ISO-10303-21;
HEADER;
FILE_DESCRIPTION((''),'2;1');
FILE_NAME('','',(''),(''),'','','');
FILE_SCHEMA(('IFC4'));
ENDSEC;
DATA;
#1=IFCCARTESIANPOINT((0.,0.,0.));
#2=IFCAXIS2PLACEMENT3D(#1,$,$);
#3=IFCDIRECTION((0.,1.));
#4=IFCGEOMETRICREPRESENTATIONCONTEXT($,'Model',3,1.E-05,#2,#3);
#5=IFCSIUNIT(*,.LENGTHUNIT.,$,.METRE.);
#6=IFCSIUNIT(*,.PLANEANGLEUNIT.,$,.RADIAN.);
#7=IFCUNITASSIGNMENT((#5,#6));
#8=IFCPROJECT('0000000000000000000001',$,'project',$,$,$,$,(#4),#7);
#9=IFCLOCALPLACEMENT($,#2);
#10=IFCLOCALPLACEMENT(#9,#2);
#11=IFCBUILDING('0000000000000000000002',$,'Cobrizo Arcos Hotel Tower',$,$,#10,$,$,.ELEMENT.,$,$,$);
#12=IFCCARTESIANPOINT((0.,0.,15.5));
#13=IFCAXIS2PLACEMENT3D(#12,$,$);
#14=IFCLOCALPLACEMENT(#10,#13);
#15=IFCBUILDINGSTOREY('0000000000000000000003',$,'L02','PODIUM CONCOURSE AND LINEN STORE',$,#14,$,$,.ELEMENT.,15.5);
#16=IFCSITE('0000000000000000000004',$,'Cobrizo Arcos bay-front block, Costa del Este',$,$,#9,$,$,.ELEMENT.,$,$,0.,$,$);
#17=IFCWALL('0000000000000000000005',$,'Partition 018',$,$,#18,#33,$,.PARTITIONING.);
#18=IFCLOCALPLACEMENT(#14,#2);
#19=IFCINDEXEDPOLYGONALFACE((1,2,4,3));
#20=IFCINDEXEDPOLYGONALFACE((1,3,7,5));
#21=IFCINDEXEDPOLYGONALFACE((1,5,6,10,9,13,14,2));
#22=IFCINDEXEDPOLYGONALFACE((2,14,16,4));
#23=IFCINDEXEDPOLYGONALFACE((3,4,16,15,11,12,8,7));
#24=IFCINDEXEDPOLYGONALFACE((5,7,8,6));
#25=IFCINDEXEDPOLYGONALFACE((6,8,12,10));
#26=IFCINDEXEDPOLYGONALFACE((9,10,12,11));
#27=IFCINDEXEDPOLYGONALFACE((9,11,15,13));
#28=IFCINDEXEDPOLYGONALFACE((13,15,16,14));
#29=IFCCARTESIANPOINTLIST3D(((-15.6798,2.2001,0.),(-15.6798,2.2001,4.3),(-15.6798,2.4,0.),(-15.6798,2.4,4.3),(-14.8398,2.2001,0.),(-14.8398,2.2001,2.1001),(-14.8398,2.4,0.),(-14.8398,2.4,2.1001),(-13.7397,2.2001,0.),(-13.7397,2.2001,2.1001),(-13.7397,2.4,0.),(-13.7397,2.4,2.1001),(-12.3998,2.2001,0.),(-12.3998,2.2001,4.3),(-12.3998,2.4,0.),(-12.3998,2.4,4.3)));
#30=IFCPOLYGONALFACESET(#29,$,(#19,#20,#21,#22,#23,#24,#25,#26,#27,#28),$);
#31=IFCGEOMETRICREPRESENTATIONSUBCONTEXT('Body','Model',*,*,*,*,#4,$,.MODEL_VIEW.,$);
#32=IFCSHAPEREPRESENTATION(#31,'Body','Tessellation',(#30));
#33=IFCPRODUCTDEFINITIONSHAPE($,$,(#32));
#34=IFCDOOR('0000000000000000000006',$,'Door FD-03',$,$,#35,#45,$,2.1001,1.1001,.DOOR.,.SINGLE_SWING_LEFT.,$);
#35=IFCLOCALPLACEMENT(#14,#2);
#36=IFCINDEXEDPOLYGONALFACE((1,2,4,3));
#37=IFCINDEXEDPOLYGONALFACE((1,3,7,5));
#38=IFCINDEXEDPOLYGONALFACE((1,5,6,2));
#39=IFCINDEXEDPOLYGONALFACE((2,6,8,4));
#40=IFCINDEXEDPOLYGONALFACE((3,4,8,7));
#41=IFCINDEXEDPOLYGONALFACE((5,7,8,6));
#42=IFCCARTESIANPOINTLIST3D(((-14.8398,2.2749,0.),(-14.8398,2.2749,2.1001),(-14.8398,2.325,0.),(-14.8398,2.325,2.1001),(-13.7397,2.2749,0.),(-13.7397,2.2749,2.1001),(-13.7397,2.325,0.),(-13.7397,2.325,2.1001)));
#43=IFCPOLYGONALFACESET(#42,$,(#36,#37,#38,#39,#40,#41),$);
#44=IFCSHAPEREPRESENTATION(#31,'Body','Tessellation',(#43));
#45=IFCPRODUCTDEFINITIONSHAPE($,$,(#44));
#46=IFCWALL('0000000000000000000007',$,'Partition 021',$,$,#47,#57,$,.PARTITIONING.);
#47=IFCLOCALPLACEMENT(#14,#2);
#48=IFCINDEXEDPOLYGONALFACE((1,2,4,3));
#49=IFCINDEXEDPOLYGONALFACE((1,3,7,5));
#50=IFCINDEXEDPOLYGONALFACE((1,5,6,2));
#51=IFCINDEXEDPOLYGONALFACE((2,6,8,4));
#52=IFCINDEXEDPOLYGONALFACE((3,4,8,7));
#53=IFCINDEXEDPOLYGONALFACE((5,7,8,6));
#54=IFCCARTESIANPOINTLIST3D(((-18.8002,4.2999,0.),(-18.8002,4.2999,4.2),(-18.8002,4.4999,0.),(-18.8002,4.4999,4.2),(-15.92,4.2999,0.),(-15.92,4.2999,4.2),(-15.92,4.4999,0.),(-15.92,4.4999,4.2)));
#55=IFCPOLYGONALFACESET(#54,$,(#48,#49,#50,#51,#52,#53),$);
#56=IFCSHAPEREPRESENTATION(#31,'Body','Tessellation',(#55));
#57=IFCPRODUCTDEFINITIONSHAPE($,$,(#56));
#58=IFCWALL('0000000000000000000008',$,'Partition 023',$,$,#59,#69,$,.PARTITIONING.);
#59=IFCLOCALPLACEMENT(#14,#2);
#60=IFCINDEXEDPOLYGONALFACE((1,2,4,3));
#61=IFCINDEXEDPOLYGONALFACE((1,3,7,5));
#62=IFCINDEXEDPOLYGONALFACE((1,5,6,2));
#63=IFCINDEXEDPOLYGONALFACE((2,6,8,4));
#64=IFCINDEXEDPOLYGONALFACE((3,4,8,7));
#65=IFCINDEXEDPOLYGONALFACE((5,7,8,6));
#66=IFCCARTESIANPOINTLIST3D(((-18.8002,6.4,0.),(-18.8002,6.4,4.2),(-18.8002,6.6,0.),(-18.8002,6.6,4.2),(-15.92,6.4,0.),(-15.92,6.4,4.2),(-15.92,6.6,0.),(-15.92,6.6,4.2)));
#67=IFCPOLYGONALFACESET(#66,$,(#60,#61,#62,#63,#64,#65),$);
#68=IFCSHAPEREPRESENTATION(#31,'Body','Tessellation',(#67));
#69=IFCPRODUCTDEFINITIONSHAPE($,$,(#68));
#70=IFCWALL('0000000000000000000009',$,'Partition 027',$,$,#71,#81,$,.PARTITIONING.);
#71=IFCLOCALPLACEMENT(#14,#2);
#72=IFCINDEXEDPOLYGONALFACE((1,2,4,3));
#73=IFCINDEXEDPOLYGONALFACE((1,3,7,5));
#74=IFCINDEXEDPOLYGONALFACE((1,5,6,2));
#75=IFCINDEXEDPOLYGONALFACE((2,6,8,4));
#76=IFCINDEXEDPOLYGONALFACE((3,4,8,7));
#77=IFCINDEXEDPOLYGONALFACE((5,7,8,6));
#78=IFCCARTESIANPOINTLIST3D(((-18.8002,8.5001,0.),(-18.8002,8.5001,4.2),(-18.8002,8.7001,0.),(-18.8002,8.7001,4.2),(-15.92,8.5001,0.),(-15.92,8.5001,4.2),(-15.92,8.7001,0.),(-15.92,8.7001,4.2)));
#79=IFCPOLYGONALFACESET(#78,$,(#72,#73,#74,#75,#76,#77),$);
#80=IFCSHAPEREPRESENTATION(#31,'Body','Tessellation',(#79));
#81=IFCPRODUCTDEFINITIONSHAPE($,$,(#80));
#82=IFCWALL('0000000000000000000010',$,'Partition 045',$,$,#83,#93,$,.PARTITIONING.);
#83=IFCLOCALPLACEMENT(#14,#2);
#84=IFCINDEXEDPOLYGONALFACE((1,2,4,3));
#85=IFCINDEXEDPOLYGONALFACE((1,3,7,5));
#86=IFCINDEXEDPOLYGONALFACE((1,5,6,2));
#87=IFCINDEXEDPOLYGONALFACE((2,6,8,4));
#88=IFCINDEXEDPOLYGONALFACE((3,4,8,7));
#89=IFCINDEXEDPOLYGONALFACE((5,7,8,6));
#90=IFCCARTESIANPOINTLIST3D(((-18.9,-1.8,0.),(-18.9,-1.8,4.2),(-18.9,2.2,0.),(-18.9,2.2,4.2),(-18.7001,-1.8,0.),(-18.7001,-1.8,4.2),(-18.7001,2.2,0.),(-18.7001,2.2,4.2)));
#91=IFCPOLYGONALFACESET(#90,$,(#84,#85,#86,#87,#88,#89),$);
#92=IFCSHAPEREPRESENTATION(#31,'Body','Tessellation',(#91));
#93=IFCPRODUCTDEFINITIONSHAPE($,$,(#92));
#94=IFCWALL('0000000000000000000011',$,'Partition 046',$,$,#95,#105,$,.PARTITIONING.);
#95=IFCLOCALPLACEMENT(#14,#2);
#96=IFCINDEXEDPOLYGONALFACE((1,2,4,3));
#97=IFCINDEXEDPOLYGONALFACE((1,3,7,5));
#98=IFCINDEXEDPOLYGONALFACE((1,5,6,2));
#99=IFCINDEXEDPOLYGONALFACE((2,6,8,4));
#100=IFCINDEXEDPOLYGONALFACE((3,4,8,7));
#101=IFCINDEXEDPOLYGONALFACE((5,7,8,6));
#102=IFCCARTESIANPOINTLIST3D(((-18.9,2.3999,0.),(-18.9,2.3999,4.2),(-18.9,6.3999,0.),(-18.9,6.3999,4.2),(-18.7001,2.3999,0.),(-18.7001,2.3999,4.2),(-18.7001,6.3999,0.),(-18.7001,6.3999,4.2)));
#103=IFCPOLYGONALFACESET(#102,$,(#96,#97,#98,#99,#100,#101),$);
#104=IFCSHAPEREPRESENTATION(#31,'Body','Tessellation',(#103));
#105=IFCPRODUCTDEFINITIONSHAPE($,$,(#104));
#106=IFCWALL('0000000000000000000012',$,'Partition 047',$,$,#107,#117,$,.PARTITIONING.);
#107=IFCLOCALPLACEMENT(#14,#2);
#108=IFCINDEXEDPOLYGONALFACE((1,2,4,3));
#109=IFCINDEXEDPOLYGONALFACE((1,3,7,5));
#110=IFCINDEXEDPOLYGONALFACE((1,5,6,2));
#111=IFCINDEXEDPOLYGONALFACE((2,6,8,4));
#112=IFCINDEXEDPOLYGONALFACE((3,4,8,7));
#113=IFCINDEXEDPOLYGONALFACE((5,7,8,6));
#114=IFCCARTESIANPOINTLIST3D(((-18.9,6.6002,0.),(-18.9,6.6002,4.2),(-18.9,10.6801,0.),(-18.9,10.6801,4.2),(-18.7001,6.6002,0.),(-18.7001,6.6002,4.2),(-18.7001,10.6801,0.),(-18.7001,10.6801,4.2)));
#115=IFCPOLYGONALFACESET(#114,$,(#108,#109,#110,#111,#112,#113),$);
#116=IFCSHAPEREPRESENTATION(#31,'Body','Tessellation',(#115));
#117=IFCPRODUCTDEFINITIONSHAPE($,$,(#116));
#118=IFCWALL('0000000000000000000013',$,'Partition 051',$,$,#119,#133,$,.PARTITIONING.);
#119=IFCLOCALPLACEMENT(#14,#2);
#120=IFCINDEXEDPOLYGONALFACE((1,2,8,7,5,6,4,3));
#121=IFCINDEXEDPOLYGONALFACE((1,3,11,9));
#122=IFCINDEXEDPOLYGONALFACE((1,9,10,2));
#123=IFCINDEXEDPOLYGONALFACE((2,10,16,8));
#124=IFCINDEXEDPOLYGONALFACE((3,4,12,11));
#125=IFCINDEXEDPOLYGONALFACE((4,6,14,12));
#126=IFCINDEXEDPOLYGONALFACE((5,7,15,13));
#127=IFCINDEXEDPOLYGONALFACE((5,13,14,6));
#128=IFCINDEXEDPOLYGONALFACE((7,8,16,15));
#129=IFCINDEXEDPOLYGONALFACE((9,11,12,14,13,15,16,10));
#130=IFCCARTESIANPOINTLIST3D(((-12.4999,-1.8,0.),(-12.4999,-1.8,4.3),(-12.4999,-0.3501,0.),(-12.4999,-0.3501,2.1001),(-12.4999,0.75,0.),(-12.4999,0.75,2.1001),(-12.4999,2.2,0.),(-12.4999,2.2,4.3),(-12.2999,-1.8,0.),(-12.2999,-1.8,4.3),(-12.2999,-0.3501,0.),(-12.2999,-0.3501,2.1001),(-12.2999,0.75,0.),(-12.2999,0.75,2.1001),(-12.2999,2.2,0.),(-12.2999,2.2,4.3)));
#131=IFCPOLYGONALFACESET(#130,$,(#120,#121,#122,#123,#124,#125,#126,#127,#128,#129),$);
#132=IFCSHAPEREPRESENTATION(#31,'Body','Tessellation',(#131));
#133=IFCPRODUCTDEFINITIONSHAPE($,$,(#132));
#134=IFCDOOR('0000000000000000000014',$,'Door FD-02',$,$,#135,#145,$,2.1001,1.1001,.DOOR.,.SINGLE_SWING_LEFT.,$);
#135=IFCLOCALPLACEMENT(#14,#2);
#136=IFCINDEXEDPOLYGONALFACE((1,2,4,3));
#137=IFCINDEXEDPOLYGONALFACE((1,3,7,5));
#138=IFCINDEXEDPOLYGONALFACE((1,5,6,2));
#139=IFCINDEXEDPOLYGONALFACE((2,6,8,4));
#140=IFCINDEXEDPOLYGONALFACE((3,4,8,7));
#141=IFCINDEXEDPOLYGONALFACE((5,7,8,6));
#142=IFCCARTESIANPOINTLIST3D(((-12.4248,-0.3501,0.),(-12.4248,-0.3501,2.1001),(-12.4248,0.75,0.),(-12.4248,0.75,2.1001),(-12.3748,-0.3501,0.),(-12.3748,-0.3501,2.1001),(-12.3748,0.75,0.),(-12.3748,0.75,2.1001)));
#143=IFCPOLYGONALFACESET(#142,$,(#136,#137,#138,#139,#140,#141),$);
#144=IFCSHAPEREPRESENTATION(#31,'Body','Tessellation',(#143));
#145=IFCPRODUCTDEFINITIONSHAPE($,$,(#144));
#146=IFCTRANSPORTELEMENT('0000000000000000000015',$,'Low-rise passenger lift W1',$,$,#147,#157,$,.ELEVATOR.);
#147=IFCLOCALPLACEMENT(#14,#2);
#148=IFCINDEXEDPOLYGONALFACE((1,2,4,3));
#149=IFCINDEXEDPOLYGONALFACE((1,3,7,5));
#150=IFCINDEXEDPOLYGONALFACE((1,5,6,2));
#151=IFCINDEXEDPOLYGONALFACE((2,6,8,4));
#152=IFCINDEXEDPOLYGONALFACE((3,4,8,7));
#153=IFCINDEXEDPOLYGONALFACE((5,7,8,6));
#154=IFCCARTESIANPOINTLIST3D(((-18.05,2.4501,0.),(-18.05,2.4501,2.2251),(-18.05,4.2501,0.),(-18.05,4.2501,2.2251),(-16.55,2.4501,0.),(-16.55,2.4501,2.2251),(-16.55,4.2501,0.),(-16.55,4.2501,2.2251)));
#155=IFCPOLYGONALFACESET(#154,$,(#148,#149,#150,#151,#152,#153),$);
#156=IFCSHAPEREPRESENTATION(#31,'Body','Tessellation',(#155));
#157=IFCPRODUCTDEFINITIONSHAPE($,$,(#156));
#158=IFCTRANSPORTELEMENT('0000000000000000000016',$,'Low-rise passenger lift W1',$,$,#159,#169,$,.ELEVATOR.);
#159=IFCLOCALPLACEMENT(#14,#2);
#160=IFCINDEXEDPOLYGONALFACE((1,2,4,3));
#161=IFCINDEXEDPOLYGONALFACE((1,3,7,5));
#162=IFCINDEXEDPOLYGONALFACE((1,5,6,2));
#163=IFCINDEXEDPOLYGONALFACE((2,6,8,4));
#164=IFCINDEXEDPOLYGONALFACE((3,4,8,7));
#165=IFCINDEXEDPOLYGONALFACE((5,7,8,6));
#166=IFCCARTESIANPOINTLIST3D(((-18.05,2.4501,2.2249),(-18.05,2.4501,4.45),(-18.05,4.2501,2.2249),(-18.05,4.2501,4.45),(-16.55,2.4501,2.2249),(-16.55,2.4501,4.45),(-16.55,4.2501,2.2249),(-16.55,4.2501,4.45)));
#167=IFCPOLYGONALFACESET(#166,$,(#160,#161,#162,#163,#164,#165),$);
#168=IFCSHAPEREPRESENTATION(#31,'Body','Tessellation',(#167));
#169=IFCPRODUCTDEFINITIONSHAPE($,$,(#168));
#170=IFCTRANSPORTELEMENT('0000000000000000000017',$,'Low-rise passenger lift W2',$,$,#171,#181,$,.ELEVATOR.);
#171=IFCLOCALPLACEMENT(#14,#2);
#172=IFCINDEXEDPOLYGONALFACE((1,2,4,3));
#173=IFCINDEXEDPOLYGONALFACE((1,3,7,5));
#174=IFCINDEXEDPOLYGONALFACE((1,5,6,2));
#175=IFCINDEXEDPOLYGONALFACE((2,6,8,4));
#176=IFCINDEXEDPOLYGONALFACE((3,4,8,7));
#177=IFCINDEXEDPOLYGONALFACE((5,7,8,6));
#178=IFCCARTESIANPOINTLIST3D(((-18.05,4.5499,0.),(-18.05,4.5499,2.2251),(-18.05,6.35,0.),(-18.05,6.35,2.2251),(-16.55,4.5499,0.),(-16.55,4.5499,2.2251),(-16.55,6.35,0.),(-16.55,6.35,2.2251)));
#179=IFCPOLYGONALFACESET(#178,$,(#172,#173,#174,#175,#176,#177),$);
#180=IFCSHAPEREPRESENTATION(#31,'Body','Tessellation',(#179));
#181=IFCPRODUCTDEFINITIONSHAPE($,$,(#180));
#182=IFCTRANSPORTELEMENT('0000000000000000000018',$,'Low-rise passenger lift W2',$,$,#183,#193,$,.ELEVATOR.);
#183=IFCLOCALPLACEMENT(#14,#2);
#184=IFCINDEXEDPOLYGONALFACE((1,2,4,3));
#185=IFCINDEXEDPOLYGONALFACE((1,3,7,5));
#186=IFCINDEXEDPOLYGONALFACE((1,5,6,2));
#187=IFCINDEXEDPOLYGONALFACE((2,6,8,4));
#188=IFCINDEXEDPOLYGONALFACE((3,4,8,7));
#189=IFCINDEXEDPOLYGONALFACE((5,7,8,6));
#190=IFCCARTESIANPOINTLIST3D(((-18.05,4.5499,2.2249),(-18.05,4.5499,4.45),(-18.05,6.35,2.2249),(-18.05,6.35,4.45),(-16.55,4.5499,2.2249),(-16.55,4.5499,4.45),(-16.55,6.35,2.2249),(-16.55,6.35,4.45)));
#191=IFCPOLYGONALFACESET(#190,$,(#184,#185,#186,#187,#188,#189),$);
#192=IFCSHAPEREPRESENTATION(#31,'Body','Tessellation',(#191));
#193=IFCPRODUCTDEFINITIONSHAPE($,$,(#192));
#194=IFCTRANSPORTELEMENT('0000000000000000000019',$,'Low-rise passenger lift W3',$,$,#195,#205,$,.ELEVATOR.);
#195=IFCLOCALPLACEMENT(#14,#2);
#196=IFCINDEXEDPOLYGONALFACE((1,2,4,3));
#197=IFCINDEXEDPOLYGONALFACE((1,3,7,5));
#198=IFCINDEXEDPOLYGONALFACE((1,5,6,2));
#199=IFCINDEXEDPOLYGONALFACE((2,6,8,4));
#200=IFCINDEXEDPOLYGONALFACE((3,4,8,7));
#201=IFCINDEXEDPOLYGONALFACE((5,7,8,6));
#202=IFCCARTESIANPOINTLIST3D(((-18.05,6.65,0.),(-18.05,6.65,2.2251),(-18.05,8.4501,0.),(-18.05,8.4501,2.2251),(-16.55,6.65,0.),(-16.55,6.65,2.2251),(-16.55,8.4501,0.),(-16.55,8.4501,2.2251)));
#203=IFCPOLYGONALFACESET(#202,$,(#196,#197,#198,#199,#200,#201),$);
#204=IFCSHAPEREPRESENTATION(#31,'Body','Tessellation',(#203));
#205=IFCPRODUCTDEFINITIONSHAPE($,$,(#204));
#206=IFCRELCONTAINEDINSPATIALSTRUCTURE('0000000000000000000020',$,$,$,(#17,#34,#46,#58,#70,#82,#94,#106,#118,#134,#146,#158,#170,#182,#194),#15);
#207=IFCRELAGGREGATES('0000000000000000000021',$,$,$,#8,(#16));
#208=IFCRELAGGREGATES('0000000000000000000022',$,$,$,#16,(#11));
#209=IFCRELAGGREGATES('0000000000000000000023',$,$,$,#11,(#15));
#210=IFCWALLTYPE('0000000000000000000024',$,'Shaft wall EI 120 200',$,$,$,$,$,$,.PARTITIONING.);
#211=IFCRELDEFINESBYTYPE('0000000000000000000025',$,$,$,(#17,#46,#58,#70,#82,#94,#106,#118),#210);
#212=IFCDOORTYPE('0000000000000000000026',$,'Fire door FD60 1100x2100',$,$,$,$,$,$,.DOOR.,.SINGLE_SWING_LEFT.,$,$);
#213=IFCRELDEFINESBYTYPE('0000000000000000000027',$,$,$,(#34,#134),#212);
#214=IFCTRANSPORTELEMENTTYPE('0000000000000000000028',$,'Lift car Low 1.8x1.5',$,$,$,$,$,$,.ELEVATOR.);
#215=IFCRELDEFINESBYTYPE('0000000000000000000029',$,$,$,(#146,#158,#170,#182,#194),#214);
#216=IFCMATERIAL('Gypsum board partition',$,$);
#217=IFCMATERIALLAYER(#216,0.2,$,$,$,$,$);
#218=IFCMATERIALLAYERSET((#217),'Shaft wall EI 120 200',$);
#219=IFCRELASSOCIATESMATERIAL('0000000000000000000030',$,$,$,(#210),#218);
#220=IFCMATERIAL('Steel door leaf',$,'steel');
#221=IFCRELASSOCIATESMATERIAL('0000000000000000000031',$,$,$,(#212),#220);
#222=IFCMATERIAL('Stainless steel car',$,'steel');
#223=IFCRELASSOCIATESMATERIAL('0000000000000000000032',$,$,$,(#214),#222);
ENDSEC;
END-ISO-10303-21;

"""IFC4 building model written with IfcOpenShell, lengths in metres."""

from ifc_helpers import new_model, si_unit, direction, frame, frame_2d, origin, origin_2d, place, context, subcontext, project, spatial, rectangle, extrude, material, layer, layer_set, type_object, element, fill, save


model = new_model("IFC4")

# Units and contexts
model_context = context("Model", 3, precision=1e-05, world=origin(), true_north=direction((0.0, 1.0)))
body_context = subcontext(model_context, "Body", "Model", "MODEL_VIEW")
ifc_project = project(units=[si_unit("LENGTHUNIT", "METRE"), si_unit("PLANEANGLEUNIT", "RADIAN")], contexts=[model_context])

# Site, building, storey
site_placement = place(None, origin())
site = spatial("IfcSite", under=ifc_project, at=site_placement, Name="Cobrizo Arcos bay-front block, Costa del Este", CompositionType="ELEMENT", RefElevation=0.0)
building_placement = place(site_placement, origin())
building = spatial("IfcBuilding", under=site, at=building_placement, Name="Cobrizo Arcos Hotel Tower", CompositionType="ELEMENT")
storey_placement = place(building_placement, frame((0.0, 0.0, 15.5)))
storey = spatial("IfcBuildingStorey", under=building, at=storey_placement, Name="L02", Description="PODIUM CONCOURSE AND LINEN STORE", CompositionType="ELEMENT", Elevation=15.5)

# Shared definitions
ifc_material_1 = material(Name="Gypsum board partition")
ifc_layer_1 = layer(ifc_material_1, 0.2)
ifc_layer_set_1 = layer_set([ifc_layer_1], Name="Shaft wall EI 120 200")
wall_type_1 = type_object("IfcWallType", Name="Shaft wall EI 120 200", PredefinedType="PARTITIONING", material=ifc_layer_set_1)

# Wall, opening, door
wall_1_placement = place(storey_placement, frame((-15.6799, 2.3, 0.0), z_axis=(0.0, 0.0, 1.0), x_axis=(1.0, 0.0, 0.0)))
wall_1 = element("IfcWall", 1, at=wall_1_placement, inside=storey, type_object=wall_type_1, Name="Partition 018", PredefinedType="PARTITIONING", context=body_context, shape_type="SweptSolid", body=[
    extrude(rectangle(XDim=3.28, YDim=0.2, at=frame_2d((1.6401, 0.0))), origin(), (0.0, 0.0, 1.0), 4.3),
])
opening_1_placement = place(wall_1_placement, frame((0.8401, 0.0, 0.0)))
opening_1 = element("IfcOpeningElement", 2, at=opening_1_placement, cuts=wall_1, PredefinedType="OPENING", context=body_context, shape_type="SweptSolid", body=[
    extrude(rectangle(XDim=1.1001, YDim=2.1001, at=frame_2d((0.55, 1.05))), frame((0.0, 0.1121, 0.0), z_axis=(0.0, -1.0, 0.0), x_axis=(1.0, 0.0, 0.0)), (0.0, 0.0, 1.0), 0.2239),
])
ifc_material_2 = material(Name="Steel door leaf", Category="steel")
door_type = type_object("IfcDoorType", Name="Fire door FD60 1100x2100", OperationType="SINGLE_SWING_LEFT", PredefinedType="DOOR", material=ifc_material_2)
door_1_placement = place(opening_1_placement, origin())
door_1 = element("IfcDoor", 3, at=door_1_placement, inside=storey, type_object=door_type, Name="Door FD-03", OperationType="SINGLE_SWING_LEFT", OverallHeight=2.1001, OverallWidth=1.1001, PredefinedType="DOOR", context=body_context, shape_type="SweptSolid", body=[
    extrude(rectangle(XDim=1.1001, YDim=2.1001, at=frame_2d((0.55, 1.05))), frame((0.0, 0.0249, 0.0), z_axis=(0.0, -1.0, 0.0), x_axis=(1.0, 0.0, 0.0)), (0.0, 0.0, 1.0), 0.05),
])
fill(opening_1, door_1)

# Walls
for number, where, z_axis, x_axis, name in (
    (4, (-18.8, 4.3999, 0.0), (0.0, 0.0, 1.0), (1.0, 0.0, 0.0), "Partition 021"),
    (5, (-18.8, 6.5, 0.0), (0.0, 0.0, 1.0), (1.0, 0.0, 0.0), "Partition 023"),
    (6, (-18.8, 8.6001, 0.0), (0.0, 0.0, 1.0), (1.0, 0.0, 0.0), "Partition 027"),
):
    element("IfcWall", number, at=place(storey_placement, frame(where, z_axis=z_axis, x_axis=x_axis)), inside=storey, type_object=wall_type_1, Name=name, PredefinedType="PARTITIONING", context=body_context, shape_type="SweptSolid", body=[
        extrude(rectangle(XDim=2.8801, YDim=0.2, at=frame_2d((1.4399, 0.0))), origin(), (0.0, 0.0, 1.0), 4.2),
    ])
for number, where, z_axis, x_axis, name in (
    (7, (-18.8, -1.8, 0.0), (0.0, 0.0, 1.0), (0.0, 1.0, 0.0), "Partition 045"),
    (8, (-18.8, 2.3999, 0.0), (0.0, 0.0, 1.0), (0.0, 1.0, 0.0), "Partition 046"),
):
    element("IfcWall", number, at=place(storey_placement, frame(where, z_axis=z_axis, x_axis=x_axis)), inside=storey, type_object=wall_type_1, Name=name, PredefinedType="PARTITIONING", context=body_context, shape_type="SweptSolid", body=[
        extrude(rectangle(XDim=4.0, YDim=0.2, at=frame_2d((2.0, 0.0))), origin(), (0.0, 0.0, 1.0), 4.2),
    ])
wall_2_placement = place(storey_placement, frame((-18.8, 6.6001, 0.0), z_axis=(0.0, 0.0, 1.0), x_axis=(0.0, 1.0, 0.0)))
element("IfcWall", 9, at=wall_2_placement, inside=storey, type_object=wall_type_1, Name="Partition 047", PredefinedType="PARTITIONING", context=body_context, shape_type="SweptSolid", body=[
    extrude(rectangle(XDim=4.0798, YDim=0.2, at=frame_2d((2.04, 0.0))), origin(), (0.0, 0.0, 1.0), 4.2),
])

# Wall, opening, door
wall_3_placement = place(storey_placement, frame((-12.3999, -1.8, 0.0), z_axis=(0.0, 0.0, 1.0), x_axis=(0.0, 1.0, 0.0)))
wall_3 = element("IfcWall", 10, at=wall_3_placement, inside=storey, type_object=wall_type_1, Name="Partition 051", PredefinedType="PARTITIONING", context=body_context, shape_type="SweptSolid", body=[
    extrude(rectangle(XDim=4.0, YDim=0.2, at=frame_2d((2.0, 0.0))), origin(), (0.0, 0.0, 1.0), 4.3),
])
opening_2_placement = place(wall_3_placement, frame((1.45, 0.0, 0.0)))
opening_2 = element("IfcOpeningElement", 11, at=opening_2_placement, cuts=wall_3, PredefinedType="OPENING", context=body_context, shape_type="SweptSolid", body=[
    extrude(rectangle(XDim=1.1001, YDim=2.1001, at=frame_2d((0.55, 1.05))), frame((0.0, 0.1121, 0.0), z_axis=(0.0, -1.0, 0.0), x_axis=(1.0, 0.0, 0.0)), (0.0, 0.0, 1.0), 0.2239),
])
door_2_placement = place(opening_2_placement, origin())
door_2 = element("IfcDoor", 12, at=door_2_placement, inside=storey, type_object=door_type, Name="Door FD-02", OperationType="SINGLE_SWING_LEFT", OverallHeight=2.1001, OverallWidth=1.1001, PredefinedType="DOOR", context=body_context, shape_type="SweptSolid", body=[
    extrude(rectangle(XDim=1.1001, YDim=2.1001, at=frame_2d((0.55, 1.05))), frame((0.0, 0.0249, 0.0), z_axis=(0.0, -1.0, 0.0), x_axis=(1.0, 0.0, 0.0)), (0.0, 0.0, 1.0), 0.05),
])
fill(opening_2, door_2)

# Transport elements
ifc_material_3 = material(Name="Stainless steel car", Category="steel")
transport_element_type = type_object("IfcTransportElementType", Name="Lift car Low 1.8x1.5", PredefinedType="ELEVATOR", material=ifc_material_3)
for number, where, z_axis, x_axis, name in (
    (13, (-17.3, 3.3501, 0.0), (0.0, 0.0, 1.0), (1.0, 0.0, 0.0), "Low-rise passenger lift W1"),
    (14, (-17.3, 3.3501, 2.2249), (0.0, 0.0, 1.0), (1.0, 0.0, 0.0), "Low-rise passenger lift W1"),
    (15, (-17.3, 5.45, 0.0), (0.0, 0.0, 1.0), (1.0, 0.0, 0.0), "Low-rise passenger lift W2"),
    (16, (-17.3, 5.45, 2.2249), (0.0, 0.0, 1.0), (1.0, 0.0, 0.0), "Low-rise passenger lift W2"),
    (17, (-17.3, 7.55, 0.0), (0.0, 0.0, 1.0), (1.0, 0.0, 0.0), "Low-rise passenger lift W3"),
):
    element("IfcTransportElement", number, at=place(storey_placement, frame(where, z_axis=z_axis, x_axis=x_axis)), inside=storey, type_object=transport_element_type, Name=name, PredefinedType="ELEVATOR", context=body_context, shape_type="SweptSolid", body=[
        extrude(rectangle(XDim=1.5, YDim=1.8, at=origin_2d()), origin(), (0.0, 0.0, 1.0), 2.2251),
    ])

save(model, "model.ifc")
